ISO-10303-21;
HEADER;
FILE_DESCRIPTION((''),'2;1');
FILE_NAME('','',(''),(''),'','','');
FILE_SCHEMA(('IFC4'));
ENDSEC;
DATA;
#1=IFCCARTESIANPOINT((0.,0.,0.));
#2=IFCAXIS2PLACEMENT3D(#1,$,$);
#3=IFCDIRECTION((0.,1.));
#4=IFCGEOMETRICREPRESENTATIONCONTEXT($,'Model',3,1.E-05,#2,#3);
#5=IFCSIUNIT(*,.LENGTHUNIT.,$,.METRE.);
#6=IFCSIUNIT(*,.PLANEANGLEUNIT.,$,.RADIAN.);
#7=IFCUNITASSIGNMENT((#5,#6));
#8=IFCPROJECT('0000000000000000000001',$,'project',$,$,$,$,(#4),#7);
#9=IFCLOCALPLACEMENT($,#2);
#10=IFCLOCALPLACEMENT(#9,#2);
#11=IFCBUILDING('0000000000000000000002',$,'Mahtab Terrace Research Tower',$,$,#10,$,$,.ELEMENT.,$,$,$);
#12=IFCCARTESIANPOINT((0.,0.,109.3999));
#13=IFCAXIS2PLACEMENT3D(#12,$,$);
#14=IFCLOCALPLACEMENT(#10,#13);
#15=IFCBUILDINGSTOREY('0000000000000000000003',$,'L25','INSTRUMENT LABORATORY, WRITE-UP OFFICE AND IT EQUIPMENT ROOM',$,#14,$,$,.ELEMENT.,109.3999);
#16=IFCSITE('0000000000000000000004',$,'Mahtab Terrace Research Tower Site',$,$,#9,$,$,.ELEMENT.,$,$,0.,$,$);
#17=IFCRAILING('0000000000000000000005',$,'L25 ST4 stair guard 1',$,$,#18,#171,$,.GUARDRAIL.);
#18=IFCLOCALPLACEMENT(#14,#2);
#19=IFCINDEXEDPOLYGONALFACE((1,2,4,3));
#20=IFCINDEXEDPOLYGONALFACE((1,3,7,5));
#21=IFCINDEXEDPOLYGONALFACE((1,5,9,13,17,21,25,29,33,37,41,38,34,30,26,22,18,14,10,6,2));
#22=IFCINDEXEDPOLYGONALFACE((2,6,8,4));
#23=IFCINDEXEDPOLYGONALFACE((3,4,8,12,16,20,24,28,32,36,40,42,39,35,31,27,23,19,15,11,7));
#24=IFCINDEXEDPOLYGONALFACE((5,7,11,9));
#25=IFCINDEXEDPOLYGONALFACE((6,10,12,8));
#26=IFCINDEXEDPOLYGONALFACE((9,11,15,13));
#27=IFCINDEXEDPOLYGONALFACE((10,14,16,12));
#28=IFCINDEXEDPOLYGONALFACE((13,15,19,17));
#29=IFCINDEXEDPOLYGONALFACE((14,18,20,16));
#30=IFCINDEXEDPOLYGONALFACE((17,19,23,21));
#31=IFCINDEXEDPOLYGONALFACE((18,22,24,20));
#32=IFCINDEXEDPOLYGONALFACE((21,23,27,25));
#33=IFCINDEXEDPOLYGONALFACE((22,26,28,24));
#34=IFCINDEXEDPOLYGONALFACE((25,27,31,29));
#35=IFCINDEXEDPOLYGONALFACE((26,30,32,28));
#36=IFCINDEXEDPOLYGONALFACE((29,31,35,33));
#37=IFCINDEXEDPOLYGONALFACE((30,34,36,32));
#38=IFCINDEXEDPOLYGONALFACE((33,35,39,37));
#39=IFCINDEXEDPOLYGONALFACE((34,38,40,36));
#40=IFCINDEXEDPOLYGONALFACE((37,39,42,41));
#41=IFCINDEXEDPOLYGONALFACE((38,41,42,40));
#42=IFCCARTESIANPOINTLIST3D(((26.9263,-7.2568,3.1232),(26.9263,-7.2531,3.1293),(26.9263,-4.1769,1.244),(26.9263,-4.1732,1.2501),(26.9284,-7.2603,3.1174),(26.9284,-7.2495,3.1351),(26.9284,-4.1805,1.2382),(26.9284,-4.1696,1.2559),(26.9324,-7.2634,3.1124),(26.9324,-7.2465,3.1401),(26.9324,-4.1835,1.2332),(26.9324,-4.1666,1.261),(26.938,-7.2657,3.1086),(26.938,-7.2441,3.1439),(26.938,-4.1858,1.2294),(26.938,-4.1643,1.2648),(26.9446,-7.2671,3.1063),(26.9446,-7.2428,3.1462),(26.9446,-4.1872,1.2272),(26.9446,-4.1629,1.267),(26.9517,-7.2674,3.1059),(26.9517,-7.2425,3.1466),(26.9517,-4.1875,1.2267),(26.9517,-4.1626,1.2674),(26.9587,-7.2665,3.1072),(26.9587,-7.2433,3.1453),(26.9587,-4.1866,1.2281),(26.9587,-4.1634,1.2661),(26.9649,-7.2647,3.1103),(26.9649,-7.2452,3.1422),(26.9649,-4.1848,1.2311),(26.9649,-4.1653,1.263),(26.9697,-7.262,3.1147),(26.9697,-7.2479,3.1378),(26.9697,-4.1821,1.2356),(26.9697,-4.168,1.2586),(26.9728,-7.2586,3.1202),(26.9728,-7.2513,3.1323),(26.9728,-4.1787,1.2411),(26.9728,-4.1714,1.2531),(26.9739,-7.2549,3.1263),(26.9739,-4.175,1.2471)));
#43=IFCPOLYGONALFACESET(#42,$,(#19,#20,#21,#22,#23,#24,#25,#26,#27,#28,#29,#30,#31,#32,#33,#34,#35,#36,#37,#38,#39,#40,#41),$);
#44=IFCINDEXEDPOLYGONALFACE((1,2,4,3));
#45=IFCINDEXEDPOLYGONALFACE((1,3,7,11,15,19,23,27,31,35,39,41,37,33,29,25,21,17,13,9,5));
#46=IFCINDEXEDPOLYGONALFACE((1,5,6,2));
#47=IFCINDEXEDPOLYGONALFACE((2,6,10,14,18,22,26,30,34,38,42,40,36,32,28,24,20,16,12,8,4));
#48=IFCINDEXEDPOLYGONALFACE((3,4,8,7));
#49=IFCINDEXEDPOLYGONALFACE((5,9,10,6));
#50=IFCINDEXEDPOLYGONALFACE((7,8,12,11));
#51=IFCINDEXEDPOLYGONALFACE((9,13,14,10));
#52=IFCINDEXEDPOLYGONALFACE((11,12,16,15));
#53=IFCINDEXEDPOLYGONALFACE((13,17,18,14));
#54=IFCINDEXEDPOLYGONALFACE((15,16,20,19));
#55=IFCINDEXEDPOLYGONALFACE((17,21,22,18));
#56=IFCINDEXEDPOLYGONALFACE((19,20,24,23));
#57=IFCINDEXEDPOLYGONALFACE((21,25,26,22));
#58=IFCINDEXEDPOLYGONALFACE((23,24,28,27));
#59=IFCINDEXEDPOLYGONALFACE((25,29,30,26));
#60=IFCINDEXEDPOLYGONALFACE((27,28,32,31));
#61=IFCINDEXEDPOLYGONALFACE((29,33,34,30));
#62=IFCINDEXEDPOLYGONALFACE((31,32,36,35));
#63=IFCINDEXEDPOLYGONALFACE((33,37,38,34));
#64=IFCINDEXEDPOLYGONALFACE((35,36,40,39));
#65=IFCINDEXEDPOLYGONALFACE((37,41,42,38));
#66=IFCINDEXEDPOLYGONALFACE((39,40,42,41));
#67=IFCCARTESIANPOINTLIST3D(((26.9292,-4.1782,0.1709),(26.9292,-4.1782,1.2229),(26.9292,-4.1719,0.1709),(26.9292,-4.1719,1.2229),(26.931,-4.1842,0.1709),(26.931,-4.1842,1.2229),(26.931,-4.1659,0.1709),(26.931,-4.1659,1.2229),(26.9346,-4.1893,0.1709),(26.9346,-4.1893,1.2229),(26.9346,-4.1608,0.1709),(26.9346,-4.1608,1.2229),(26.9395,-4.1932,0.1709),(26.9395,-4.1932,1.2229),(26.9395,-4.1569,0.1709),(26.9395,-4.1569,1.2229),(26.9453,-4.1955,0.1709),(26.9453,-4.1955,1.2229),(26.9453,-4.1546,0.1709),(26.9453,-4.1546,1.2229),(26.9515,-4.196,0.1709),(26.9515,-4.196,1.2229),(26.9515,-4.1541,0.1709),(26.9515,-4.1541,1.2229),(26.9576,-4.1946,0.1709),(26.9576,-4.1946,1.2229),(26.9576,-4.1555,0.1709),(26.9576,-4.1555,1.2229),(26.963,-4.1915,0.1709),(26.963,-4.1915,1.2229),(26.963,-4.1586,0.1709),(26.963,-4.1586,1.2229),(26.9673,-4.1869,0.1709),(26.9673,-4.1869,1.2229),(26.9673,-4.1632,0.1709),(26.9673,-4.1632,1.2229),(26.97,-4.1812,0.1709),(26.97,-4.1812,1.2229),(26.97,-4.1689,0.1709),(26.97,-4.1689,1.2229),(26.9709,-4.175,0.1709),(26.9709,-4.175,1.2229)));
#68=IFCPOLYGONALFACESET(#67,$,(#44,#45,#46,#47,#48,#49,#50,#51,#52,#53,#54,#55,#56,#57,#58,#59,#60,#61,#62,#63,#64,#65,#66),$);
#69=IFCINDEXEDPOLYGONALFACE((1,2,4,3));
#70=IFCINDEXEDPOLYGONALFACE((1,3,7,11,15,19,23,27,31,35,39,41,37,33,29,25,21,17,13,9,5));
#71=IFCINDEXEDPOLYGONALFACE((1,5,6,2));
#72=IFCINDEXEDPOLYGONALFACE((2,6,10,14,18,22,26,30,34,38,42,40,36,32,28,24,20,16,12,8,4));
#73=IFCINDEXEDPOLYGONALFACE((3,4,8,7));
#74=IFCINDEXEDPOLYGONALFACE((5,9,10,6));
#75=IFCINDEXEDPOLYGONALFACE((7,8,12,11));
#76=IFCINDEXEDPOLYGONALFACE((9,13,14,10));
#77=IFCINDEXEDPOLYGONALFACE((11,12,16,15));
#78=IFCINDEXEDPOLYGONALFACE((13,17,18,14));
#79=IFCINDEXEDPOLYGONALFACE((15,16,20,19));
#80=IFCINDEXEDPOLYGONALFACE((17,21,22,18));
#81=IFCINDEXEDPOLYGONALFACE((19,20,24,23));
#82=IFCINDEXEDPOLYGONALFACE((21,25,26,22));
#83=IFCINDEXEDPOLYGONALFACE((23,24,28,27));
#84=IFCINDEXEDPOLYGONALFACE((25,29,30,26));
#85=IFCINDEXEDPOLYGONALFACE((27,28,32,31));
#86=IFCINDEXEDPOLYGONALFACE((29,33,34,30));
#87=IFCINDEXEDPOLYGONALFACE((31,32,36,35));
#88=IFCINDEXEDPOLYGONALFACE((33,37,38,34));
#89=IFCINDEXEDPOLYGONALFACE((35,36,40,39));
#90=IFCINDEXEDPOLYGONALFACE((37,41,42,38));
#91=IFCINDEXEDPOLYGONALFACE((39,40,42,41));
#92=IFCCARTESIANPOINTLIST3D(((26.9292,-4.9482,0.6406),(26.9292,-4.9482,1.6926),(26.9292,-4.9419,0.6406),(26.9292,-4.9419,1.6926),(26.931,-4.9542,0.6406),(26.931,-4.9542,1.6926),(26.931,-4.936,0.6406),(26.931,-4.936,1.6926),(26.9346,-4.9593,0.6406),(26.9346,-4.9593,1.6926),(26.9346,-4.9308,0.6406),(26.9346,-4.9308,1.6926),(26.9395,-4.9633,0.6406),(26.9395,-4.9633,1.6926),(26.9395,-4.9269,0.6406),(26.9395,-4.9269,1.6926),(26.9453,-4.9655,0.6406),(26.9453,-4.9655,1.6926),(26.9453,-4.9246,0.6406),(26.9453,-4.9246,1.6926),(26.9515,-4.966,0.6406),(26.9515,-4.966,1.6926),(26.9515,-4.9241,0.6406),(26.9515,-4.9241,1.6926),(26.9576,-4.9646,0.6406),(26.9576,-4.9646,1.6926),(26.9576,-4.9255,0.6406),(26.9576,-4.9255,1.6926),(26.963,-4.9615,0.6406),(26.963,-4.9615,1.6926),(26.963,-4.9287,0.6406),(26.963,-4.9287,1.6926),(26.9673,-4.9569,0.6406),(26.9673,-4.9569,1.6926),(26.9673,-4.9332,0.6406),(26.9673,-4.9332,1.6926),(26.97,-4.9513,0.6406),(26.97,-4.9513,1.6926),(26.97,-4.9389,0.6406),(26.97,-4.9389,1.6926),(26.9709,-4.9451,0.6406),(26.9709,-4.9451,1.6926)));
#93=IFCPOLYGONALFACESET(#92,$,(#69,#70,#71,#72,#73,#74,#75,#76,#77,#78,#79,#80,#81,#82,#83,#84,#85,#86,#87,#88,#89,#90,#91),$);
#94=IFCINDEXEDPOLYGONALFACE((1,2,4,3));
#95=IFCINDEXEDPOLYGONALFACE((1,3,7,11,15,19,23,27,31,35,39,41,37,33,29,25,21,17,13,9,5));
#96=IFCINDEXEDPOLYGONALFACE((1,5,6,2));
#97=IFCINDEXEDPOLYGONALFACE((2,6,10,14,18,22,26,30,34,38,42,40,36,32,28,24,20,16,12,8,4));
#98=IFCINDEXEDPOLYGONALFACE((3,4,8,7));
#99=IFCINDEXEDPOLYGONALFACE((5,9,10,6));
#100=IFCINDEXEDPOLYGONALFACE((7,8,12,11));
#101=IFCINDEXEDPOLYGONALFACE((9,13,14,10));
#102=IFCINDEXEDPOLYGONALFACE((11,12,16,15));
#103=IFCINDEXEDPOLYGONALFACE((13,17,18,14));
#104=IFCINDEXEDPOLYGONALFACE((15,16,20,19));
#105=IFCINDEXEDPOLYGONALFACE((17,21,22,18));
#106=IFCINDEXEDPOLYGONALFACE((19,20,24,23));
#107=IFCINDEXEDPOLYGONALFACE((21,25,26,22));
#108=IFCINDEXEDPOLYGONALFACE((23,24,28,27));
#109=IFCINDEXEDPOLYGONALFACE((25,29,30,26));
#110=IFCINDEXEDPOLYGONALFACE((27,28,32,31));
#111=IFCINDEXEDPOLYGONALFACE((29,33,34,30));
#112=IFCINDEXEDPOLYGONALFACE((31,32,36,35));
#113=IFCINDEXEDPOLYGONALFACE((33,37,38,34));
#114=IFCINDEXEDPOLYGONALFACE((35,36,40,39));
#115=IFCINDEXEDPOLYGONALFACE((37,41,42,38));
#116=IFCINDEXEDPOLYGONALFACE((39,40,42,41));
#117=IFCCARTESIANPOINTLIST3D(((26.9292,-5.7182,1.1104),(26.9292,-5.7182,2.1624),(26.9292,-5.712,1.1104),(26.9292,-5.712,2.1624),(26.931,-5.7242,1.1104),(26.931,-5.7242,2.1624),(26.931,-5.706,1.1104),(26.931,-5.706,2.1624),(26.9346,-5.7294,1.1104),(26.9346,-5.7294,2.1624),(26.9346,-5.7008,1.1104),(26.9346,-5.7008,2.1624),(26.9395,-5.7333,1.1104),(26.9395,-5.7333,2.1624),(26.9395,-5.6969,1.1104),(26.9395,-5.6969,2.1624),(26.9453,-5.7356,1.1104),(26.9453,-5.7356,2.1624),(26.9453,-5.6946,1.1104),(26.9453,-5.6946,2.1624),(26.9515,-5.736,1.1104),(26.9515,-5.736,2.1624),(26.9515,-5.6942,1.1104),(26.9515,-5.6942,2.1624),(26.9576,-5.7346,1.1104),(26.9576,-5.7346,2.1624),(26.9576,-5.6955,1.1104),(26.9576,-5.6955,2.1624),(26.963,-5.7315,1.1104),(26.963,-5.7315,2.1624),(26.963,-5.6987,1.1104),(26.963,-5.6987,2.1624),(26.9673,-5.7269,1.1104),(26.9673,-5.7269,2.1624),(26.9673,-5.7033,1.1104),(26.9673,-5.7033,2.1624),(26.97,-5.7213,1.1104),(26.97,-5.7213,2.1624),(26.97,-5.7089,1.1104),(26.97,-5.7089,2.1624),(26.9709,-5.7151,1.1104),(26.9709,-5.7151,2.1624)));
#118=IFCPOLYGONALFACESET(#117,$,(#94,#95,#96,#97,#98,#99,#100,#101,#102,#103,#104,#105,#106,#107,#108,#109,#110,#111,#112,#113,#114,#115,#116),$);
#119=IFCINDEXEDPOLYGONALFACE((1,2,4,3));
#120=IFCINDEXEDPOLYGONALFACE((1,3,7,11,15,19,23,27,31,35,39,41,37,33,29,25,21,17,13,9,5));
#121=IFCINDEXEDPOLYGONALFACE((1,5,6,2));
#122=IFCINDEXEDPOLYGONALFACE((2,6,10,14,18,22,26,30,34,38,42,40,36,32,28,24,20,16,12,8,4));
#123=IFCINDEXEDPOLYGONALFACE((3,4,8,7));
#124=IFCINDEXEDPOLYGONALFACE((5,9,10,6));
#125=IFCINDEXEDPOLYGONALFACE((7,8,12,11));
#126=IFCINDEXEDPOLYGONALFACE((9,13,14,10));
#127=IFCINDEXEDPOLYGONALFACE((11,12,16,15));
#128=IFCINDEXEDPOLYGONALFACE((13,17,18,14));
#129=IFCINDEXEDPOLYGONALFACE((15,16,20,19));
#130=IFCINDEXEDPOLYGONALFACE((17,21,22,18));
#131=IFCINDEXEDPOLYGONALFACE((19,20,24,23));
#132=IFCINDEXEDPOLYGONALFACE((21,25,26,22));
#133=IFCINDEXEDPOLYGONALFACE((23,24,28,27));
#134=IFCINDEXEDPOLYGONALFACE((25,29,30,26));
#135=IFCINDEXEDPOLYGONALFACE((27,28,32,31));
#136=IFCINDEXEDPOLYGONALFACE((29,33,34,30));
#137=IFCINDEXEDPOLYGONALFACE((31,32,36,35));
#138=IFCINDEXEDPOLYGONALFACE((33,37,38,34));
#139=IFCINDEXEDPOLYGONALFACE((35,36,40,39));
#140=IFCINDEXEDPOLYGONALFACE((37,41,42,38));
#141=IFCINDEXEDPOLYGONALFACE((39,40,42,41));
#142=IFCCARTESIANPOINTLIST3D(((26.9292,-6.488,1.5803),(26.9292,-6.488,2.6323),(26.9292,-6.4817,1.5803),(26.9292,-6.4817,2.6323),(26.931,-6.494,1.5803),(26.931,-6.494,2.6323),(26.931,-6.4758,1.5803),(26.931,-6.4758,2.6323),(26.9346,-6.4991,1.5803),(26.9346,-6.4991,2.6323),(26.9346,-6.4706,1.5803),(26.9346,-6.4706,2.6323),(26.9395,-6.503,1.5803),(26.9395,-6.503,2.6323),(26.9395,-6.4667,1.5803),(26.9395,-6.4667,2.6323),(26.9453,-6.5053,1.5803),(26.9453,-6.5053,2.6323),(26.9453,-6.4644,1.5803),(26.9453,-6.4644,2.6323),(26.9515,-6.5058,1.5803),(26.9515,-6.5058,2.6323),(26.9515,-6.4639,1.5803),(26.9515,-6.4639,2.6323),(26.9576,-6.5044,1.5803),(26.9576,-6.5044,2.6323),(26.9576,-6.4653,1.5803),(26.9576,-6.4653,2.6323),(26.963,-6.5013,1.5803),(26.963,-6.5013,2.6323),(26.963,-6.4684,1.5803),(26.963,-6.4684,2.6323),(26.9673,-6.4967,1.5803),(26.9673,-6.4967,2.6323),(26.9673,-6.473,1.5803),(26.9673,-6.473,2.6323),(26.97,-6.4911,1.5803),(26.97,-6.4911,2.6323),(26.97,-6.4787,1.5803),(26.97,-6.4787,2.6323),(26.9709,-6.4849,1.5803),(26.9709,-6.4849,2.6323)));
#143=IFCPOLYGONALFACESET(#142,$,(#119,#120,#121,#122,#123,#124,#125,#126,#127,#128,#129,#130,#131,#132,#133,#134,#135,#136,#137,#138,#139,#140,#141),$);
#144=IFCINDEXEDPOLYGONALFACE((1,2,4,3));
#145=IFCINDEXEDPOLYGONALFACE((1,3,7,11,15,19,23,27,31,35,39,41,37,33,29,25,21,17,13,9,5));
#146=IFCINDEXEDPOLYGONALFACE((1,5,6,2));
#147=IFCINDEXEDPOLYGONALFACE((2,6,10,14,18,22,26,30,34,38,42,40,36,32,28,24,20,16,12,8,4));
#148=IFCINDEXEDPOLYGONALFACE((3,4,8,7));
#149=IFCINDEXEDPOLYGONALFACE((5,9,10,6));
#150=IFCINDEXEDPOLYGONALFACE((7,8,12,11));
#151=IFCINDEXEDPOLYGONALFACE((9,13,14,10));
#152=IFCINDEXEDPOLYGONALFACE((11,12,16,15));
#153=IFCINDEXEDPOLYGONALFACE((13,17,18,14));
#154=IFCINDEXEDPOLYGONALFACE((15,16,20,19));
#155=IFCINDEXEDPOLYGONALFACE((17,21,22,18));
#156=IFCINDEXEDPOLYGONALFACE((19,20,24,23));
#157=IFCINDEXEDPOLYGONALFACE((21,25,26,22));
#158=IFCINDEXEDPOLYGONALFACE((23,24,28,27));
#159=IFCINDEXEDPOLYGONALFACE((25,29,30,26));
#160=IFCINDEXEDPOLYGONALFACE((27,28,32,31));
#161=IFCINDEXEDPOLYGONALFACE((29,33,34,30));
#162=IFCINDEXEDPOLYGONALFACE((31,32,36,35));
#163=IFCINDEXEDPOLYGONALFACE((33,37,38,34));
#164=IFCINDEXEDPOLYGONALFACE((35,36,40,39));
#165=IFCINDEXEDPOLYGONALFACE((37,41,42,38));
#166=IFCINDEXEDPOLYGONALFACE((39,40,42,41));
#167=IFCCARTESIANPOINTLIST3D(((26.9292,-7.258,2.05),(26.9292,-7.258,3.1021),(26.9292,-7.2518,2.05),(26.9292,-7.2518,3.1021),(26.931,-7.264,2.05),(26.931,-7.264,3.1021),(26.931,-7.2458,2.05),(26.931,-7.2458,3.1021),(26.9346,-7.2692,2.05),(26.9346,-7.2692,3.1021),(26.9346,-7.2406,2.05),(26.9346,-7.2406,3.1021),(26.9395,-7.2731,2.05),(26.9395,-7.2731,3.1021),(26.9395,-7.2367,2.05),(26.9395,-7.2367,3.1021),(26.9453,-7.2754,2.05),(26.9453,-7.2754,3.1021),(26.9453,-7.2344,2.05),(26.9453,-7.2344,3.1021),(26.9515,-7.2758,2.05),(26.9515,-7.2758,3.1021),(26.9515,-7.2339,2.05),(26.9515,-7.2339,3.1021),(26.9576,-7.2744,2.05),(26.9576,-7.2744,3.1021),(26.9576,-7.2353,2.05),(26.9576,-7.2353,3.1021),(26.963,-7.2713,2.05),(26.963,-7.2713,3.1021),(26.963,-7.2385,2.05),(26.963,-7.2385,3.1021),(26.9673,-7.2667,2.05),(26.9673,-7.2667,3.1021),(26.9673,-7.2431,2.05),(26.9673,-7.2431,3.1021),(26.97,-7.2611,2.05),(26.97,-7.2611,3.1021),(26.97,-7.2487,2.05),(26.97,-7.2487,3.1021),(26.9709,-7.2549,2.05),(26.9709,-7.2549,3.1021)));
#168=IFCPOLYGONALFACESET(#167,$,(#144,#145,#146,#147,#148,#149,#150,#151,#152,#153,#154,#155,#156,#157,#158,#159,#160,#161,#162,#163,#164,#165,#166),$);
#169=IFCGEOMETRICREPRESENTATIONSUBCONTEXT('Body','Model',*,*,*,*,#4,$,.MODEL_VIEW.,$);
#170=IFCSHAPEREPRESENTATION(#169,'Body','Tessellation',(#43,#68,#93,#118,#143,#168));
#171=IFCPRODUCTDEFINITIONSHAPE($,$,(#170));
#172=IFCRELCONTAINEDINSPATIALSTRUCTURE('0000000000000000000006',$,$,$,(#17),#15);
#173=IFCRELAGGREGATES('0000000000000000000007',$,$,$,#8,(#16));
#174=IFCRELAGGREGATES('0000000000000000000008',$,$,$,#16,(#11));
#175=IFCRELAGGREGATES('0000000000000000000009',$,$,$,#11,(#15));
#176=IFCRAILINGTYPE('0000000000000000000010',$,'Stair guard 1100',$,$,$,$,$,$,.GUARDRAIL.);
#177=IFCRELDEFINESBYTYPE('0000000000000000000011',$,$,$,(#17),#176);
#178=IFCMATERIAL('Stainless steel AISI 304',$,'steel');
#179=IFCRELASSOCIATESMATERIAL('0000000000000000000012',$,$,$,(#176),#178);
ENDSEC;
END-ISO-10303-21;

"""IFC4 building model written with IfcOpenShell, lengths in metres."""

from ifc_helpers import new_model, si_unit, direction, frame, origin, origin_2d, place, context, subcontext, project, spatial, circle, extrude, material, type_object, element, save


model = new_model("IFC4")

# Units and contexts
model_context = context("Model", 3, precision=1e-05, world=origin(), true_north=direction((0.0, 1.0)))
body_context = subcontext(model_context, "Body", "Model", "MODEL_VIEW")
ifc_project = project(units=[si_unit("LENGTHUNIT", "METRE"), si_unit("PLANEANGLEUNIT", "RADIAN")], contexts=[model_context])

# Site, building, storey
site_placement = place(None, origin())
site = spatial("IfcSite", under=ifc_project, at=site_placement, Name="Mahtab Terrace Research Tower Site", CompositionType="ELEMENT", RefElevation=0.0)
building_placement = place(site_placement, origin())
building = spatial("IfcBuilding", under=site, at=building_placement, Name="Mahtab Terrace Research Tower", CompositionType="ELEMENT")
storey_placement = place(building_placement, frame((0.0, 0.0, 109.3999)))
storey = spatial("IfcBuildingStorey", under=building, at=storey_placement, Name="L25", Description="INSTRUMENT LABORATORY, WRITE-UP OFFICE AND IT EQUIPMENT ROOM", CompositionType="ELEMENT", Elevation=109.3999)

# Shared definitions
ifc_material_1 = material(Name="Stainless steel AISI 304", Category="steel")

# Railing
railing_type_1 = type_object("IfcRailingType", Name="Stair guard 1100", PredefinedType="GUARDRAIL", material=ifc_material_1)
railing_1_placement = place(storey_placement, frame((26.95, -4.175, 0.1709)))
element("IfcRailing", 1, at=railing_1_placement, inside=storey, type_object=railing_type_1, Name="L25 ST4 stair guard 1", PredefinedType="GUARDRAIL", context=body_context, shape_type="SweptSolid", body=[
    extrude(circle(Radius=0.0239, at=origin_2d()), frame((0.0, 0.0, 1.0762), z_axis=(0.0, -0.853648, 0.52085), x_axis=(1.0, 0.0, 0.0)), (0.0, 0.0, 1.0), 3.6079),
    extrude(circle(Radius=0.021, at=origin_2d()), origin(), (0.0, 0.0, 1.0), 1.052),
    extrude(circle(Radius=0.021, at=origin_2d()), frame((0.0, -0.77, 0.4697)), (0.0, 0.0, 1.0), 1.052),
    extrude(circle(Radius=0.021, at=origin_2d()), frame((0.0, -1.54, 0.9395)), (0.0, 0.0, 1.0), 1.052),
    extrude(circle(Radius=0.021, at=origin_2d()), frame((0.0, -2.3098, 1.4094)), (0.0, 0.0, 1.0), 1.052),
    extrude(circle(Radius=0.021, at=origin_2d()), frame((0.0, -3.0798, 1.8792)), (0.0, 0.0, 1.0), 1.052),
])

save(model, "model.ifc")
